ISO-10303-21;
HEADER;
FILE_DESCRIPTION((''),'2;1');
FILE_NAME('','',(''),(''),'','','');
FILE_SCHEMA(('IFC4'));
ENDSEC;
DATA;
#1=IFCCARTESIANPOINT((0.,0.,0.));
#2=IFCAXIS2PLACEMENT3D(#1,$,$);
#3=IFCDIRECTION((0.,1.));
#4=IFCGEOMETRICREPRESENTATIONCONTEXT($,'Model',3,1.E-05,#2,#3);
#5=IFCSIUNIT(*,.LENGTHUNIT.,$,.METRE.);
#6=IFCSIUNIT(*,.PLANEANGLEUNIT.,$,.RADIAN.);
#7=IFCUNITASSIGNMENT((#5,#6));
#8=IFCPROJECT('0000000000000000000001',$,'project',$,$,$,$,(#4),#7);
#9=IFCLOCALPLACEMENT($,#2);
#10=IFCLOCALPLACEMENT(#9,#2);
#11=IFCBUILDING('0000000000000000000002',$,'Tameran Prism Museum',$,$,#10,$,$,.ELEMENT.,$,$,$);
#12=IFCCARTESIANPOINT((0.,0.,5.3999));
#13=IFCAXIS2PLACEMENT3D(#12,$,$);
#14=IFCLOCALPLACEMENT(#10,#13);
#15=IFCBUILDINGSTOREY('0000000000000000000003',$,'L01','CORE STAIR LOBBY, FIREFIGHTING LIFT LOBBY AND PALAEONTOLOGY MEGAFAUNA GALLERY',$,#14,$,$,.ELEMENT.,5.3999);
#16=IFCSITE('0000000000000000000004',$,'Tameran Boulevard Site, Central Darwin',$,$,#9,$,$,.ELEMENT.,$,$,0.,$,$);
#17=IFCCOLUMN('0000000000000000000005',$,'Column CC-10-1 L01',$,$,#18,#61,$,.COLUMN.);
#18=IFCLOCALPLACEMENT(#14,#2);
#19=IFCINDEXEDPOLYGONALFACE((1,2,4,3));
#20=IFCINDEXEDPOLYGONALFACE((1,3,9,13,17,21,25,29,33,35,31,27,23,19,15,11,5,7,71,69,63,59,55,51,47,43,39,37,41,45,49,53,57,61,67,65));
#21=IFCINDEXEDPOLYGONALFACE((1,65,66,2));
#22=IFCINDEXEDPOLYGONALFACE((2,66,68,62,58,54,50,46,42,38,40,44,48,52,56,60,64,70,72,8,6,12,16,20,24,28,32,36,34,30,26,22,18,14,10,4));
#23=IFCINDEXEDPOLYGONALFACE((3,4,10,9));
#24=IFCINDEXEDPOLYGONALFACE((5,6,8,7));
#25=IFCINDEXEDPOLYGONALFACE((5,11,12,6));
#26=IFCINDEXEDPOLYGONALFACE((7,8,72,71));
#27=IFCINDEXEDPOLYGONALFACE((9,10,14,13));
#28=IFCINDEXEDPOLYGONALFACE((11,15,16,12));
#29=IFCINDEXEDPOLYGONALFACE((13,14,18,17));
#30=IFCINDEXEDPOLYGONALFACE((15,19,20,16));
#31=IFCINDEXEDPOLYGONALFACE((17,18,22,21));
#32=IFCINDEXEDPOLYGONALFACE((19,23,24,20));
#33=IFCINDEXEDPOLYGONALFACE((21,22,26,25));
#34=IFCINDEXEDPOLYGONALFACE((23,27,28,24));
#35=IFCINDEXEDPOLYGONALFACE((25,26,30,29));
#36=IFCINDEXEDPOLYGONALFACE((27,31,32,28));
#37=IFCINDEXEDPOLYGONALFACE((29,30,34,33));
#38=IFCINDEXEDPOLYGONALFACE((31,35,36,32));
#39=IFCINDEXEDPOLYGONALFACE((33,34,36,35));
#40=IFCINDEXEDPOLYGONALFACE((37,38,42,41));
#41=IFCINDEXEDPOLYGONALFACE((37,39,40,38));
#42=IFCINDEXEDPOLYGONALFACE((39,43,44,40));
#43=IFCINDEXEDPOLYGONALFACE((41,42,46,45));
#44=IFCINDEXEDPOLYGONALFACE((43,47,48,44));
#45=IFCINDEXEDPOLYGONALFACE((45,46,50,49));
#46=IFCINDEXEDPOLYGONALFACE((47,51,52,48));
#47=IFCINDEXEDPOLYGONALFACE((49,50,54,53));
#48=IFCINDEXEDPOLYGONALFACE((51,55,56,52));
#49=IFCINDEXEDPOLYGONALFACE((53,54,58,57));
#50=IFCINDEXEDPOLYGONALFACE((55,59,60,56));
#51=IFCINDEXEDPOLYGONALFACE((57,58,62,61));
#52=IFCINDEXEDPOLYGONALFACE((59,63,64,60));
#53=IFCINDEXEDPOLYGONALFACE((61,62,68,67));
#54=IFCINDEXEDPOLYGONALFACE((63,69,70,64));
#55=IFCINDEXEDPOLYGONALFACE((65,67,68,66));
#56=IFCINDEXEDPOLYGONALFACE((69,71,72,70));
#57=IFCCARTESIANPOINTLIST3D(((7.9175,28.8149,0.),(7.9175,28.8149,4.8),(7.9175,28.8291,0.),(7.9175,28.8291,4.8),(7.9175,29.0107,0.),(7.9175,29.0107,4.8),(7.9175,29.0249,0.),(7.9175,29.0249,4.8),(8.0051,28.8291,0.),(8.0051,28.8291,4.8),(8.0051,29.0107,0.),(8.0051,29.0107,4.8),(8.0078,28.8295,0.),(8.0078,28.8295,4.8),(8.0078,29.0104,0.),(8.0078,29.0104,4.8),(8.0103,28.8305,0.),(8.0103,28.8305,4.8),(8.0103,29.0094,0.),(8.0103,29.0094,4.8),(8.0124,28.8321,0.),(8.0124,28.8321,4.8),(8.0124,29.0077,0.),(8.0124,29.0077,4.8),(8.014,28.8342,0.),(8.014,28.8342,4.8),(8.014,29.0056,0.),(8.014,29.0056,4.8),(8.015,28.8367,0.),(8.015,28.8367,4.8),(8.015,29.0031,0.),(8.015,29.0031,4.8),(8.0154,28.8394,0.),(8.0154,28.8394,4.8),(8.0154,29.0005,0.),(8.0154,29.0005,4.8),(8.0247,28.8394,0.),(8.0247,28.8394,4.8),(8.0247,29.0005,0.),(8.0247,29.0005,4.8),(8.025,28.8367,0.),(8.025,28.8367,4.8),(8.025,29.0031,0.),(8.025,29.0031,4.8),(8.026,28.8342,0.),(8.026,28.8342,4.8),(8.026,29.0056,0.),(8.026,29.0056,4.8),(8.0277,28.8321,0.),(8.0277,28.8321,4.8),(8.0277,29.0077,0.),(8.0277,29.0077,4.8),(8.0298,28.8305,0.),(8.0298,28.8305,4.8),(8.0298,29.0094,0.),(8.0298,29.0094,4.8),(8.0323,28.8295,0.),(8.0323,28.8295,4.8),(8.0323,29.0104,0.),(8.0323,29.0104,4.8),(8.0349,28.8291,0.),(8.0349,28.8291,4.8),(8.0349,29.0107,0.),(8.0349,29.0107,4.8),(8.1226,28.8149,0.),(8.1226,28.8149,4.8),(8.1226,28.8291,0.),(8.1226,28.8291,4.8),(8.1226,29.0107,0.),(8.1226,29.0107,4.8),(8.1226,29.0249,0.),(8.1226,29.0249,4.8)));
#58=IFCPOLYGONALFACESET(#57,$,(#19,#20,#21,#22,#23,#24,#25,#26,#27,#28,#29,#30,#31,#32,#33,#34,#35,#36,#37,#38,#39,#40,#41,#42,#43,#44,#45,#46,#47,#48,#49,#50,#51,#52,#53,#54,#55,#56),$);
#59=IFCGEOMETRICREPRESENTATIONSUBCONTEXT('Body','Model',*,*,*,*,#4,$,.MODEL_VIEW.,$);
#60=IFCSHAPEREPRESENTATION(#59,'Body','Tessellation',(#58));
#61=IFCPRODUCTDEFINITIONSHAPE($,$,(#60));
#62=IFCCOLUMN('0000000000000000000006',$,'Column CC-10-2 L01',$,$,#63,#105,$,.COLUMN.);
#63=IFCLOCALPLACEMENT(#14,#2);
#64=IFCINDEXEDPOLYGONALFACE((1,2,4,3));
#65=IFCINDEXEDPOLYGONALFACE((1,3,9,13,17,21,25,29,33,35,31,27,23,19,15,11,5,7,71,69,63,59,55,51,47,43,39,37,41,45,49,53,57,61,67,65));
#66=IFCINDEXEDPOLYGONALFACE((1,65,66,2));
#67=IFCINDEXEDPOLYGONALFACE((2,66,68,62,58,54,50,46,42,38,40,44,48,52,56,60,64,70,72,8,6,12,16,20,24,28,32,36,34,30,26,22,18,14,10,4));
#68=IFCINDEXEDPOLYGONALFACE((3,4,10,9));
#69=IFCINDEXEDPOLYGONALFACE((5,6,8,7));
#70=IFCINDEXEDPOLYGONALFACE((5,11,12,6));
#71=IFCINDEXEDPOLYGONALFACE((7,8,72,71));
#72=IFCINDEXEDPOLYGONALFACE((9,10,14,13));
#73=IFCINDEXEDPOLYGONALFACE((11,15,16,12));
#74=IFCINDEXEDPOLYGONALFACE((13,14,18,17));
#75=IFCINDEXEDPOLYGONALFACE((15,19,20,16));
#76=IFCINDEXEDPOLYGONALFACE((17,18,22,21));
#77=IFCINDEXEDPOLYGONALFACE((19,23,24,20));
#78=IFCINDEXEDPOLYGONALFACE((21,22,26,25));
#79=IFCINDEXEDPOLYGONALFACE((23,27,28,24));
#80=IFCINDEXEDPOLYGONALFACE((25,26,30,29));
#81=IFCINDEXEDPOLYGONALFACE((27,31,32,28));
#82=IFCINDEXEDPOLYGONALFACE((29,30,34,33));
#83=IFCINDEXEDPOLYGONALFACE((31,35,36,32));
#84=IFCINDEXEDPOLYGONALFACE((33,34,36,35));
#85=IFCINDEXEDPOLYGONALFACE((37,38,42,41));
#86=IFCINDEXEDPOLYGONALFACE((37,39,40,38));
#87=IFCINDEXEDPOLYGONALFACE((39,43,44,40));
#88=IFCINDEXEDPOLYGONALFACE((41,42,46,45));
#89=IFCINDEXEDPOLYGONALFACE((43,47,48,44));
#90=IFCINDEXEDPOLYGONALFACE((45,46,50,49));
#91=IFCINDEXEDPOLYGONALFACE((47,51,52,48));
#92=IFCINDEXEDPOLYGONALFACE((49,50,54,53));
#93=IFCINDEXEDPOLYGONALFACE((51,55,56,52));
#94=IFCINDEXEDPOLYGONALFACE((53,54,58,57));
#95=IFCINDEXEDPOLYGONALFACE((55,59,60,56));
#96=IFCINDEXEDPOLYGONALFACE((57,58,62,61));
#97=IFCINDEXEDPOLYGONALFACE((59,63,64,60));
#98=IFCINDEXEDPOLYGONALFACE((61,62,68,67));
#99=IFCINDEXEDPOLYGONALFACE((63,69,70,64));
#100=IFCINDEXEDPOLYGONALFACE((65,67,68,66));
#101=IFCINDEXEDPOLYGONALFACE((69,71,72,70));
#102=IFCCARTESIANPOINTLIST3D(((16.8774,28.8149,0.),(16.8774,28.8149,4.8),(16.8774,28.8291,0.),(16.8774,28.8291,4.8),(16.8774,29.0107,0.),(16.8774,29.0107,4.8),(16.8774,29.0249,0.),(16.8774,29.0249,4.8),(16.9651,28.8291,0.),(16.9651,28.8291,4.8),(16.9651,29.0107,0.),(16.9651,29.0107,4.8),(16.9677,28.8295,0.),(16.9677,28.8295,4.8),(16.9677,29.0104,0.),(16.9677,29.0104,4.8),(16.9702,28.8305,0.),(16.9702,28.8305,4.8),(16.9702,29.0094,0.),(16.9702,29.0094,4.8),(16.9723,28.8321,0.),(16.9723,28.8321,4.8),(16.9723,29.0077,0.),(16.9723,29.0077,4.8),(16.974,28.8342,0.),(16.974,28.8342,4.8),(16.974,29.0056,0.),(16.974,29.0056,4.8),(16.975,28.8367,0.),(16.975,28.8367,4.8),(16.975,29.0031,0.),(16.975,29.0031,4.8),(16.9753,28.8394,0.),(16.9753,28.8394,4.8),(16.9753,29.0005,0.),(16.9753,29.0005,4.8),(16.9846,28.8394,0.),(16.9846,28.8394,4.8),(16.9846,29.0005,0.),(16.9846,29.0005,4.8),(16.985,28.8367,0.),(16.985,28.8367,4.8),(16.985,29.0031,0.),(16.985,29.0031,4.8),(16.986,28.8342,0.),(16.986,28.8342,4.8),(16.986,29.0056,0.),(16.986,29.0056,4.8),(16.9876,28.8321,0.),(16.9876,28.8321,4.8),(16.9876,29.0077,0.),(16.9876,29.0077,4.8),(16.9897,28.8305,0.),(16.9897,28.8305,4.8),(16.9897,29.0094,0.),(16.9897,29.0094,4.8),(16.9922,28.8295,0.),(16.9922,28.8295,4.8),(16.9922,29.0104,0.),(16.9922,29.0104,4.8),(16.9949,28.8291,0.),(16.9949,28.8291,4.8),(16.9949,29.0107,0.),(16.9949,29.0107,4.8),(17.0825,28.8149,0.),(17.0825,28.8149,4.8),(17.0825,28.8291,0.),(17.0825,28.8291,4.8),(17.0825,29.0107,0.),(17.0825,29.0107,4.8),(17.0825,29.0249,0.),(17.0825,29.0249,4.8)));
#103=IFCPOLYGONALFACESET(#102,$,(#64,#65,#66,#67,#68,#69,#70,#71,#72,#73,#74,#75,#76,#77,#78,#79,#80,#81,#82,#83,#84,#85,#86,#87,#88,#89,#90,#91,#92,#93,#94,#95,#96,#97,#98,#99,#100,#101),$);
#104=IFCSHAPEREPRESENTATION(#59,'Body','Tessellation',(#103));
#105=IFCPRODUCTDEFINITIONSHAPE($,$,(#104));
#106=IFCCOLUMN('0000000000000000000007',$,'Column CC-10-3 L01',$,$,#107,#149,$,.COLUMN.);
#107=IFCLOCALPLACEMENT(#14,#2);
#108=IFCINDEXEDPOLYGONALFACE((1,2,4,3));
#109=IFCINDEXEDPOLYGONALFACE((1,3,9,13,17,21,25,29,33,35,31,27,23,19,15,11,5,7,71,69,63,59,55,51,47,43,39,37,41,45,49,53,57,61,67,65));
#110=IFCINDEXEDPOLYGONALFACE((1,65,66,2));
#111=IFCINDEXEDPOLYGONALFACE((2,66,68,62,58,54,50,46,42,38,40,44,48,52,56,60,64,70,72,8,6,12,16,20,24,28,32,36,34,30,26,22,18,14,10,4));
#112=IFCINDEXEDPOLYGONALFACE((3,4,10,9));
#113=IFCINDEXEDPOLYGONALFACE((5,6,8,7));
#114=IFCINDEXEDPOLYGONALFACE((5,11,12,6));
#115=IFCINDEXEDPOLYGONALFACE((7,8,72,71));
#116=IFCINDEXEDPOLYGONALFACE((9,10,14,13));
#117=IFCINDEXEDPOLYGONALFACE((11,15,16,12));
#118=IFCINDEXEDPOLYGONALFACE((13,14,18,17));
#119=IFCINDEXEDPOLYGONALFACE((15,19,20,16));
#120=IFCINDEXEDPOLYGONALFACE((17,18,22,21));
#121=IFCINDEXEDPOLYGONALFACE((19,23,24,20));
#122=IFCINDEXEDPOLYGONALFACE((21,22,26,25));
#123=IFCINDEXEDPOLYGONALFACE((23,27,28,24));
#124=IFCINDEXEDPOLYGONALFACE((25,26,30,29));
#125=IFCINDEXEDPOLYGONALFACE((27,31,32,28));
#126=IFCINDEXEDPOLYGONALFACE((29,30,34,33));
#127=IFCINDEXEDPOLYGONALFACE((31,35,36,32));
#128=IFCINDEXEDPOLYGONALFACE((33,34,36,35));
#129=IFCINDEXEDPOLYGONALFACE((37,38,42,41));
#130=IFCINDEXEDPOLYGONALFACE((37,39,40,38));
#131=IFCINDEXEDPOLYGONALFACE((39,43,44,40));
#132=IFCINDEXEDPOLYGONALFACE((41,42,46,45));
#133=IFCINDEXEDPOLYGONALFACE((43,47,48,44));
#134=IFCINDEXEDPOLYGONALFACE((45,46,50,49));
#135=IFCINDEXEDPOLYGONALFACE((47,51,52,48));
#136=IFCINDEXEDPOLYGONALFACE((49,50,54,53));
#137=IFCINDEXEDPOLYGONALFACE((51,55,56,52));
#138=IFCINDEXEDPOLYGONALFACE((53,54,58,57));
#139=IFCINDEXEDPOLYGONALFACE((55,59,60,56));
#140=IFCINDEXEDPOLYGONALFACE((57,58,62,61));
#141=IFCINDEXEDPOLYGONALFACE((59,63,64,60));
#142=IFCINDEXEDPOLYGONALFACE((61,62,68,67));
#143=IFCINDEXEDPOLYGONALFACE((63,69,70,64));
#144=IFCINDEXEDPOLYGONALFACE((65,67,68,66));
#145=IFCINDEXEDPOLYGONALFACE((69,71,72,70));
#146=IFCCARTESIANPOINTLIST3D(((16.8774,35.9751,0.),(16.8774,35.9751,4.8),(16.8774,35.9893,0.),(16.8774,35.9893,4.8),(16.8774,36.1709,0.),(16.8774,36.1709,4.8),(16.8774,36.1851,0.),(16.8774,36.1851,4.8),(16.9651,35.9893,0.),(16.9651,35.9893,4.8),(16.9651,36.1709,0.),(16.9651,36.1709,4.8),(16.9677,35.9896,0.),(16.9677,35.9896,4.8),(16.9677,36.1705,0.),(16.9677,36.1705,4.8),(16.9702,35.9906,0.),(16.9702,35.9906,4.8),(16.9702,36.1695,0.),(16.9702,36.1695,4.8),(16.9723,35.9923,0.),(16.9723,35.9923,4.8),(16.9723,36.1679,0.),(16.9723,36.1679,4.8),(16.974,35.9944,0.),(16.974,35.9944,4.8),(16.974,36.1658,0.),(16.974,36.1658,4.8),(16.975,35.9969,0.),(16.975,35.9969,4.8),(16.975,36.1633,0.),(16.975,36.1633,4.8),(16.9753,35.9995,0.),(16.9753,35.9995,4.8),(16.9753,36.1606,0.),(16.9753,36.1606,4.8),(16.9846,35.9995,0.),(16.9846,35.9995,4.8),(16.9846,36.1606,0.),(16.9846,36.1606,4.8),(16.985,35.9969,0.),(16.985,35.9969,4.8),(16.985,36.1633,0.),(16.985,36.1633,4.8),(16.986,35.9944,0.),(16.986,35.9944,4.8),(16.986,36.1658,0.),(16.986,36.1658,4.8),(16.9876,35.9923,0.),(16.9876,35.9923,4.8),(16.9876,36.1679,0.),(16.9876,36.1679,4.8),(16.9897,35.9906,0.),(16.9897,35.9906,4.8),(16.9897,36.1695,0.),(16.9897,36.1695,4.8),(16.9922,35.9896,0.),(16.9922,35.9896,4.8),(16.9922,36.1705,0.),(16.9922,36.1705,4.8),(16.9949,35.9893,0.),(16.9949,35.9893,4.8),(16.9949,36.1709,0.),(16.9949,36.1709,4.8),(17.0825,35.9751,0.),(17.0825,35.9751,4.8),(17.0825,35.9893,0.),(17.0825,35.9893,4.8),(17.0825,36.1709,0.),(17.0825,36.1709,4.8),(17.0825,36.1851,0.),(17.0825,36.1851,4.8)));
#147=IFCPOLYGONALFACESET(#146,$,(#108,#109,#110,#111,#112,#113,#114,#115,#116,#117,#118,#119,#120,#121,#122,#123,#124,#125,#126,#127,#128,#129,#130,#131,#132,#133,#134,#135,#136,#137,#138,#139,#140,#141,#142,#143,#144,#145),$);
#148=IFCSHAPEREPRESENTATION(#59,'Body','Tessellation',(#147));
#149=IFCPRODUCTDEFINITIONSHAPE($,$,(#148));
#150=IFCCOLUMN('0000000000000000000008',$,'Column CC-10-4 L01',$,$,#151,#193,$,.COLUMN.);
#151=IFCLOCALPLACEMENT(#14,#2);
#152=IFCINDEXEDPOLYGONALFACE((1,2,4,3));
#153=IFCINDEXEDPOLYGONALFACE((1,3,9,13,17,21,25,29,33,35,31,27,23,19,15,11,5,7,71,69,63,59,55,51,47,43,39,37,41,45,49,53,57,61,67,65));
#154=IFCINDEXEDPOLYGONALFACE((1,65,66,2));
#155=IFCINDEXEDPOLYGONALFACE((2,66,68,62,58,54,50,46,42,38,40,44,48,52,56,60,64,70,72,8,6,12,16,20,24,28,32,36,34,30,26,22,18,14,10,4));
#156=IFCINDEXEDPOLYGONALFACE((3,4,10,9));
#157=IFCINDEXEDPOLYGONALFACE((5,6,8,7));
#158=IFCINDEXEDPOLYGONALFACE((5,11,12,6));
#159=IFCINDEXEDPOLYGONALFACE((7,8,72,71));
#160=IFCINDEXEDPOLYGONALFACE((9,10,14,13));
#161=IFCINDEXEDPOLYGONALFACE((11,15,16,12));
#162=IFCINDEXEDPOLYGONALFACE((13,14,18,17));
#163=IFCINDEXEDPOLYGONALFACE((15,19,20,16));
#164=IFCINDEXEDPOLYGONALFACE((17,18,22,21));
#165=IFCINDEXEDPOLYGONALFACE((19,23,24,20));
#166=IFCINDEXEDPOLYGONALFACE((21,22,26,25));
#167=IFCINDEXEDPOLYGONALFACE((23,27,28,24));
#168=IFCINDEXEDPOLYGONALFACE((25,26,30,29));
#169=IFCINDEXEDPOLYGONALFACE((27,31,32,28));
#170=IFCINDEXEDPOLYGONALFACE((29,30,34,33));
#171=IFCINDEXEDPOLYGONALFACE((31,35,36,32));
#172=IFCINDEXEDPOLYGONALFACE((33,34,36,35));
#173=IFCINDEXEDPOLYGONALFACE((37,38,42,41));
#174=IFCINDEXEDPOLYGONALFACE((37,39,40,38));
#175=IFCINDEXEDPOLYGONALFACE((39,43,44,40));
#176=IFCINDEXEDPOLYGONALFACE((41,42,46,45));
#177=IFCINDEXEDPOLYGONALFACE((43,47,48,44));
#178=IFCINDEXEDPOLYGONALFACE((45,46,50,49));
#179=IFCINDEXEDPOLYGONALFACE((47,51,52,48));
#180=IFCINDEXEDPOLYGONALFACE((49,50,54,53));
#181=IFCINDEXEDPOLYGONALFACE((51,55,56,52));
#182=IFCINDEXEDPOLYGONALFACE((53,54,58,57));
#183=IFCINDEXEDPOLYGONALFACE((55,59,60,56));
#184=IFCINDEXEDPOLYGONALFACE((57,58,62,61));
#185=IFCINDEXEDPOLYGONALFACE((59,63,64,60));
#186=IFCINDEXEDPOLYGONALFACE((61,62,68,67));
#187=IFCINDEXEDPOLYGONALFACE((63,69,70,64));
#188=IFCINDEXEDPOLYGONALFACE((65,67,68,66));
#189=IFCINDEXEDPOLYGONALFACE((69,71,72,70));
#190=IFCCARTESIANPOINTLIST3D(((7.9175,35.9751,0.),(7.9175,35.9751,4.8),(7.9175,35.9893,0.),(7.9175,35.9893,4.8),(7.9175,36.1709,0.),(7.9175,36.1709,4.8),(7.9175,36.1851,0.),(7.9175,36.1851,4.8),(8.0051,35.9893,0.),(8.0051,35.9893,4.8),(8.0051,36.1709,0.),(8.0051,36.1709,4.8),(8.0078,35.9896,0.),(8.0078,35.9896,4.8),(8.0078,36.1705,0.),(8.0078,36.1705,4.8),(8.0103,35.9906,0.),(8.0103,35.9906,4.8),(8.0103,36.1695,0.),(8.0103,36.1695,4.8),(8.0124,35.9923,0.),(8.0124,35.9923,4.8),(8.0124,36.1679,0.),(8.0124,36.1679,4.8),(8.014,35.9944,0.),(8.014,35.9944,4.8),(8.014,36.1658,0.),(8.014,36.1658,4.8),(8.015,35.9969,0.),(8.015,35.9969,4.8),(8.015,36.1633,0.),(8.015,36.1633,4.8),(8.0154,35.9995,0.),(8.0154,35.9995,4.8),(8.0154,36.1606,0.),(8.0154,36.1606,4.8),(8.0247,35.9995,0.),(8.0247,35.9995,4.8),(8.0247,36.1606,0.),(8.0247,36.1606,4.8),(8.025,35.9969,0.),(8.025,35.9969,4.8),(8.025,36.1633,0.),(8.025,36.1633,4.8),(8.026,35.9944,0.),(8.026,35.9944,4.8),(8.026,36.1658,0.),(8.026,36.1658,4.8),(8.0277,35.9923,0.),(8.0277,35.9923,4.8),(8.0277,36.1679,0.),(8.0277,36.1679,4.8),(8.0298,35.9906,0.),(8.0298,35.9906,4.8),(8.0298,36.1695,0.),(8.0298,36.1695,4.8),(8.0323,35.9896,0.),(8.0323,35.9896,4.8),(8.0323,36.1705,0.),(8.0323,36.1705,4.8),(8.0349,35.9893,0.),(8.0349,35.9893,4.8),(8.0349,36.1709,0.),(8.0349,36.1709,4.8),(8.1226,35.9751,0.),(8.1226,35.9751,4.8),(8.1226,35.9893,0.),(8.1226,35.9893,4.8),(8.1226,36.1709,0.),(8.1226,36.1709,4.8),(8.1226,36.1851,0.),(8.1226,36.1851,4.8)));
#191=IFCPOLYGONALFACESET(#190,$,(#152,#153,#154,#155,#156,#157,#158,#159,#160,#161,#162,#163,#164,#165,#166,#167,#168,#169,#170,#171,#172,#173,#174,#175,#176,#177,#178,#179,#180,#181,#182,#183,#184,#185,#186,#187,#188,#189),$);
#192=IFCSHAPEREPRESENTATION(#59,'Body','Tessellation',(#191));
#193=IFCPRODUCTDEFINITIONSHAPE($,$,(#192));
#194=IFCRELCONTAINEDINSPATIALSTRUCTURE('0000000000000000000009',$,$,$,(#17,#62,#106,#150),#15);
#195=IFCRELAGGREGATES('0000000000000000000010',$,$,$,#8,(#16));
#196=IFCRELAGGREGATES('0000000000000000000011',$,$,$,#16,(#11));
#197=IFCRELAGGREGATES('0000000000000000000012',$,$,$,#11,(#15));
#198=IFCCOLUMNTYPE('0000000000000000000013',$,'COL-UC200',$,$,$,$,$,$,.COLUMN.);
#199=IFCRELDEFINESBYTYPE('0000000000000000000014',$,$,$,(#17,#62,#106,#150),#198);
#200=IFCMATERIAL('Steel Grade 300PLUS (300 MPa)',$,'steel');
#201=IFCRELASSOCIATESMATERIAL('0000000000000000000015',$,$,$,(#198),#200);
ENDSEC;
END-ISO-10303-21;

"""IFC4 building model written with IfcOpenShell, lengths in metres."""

from ifc_helpers import new_model, si_unit, direction, frame, origin, origin_2d, place, context, subcontext, project, spatial, i_section, extrude, material, material_profile, profile_set, type_object, element, save


model = new_model("IFC4")

# Units and contexts
model_context = context("Model", 3, precision=1e-05, world=origin(), true_north=direction((0.0, 1.0)))
body_context = subcontext(model_context, "Body", "Model", "MODEL_VIEW")
ifc_project = project(units=[si_unit("LENGTHUNIT", "METRE"), si_unit("PLANEANGLEUNIT", "RADIAN")], contexts=[model_context])

# Site, building, storey
site_placement = place(None, origin())
site = spatial("IfcSite", under=ifc_project, at=site_placement, Name="Tameran Boulevard Site, Central Darwin", CompositionType="ELEMENT", RefElevation=0.0)
building_placement = place(site_placement, origin())
building = spatial("IfcBuilding", under=site, at=building_placement, Name="Tameran Prism Museum", CompositionType="ELEMENT")
storey_placement = place(building_placement, frame((0.0, 0.0, 5.3999)))
storey = spatial("IfcBuildingStorey", under=building, at=storey_placement, Name="L01", Description="CORE STAIR LOBBY, FIREFIGHTING LIFT LOBBY AND PALAEONTOLOGY MEGAFAUNA GALLERY", CompositionType="ELEMENT", Elevation=5.3999)

# Columns
ifc_material_1 = material(Name="Steel Grade 300PLUS (300 MPa)", Category="steel")
ifc_material_profile_1 = material_profile(ifc_material_1, i_section(OverallWidth=0.2051, OverallDepth=0.21, WebThickness=0.0093, FlangeThickness=0.0142, FilletRadius=0.0103, at=origin_2d()))
ifc_profile_set_1 = profile_set([ifc_material_profile_1])
column_type = type_object("IfcColumnType", Name="COL-UC200", PredefinedType="COLUMN", material=ifc_profile_set_1)
for number, where, z_axis, x_axis, name in (
    (1, (8.02, 28.9199, 0.0), (0.0, 0.0, 1.0), (1.0, 0.0, 0.0), "Column CC-10-1 L01"),
    (2, (16.98, 28.9199, 0.0), (0.0, 0.0, 1.0), (1.0, 0.0, 0.0), "Column CC-10-2 L01"),
    (3, (16.98, 36.0801, 0.0), (0.0, 0.0, 1.0), (1.0, 0.0, 0.0), "Column CC-10-3 L01"),
    (4, (8.02, 36.0801, 0.0), (0.0, 0.0, 1.0), (1.0, 0.0, 0.0), "Column CC-10-4 L01"),
):
    element("IfcColumn", number, at=place(storey_placement, frame(where, z_axis=z_axis, x_axis=x_axis)), inside=storey, type_object=column_type, Name=name, PredefinedType="COLUMN", context=body_context, shape_type="SweptSolid", body=[
        extrude(i_section(OverallWidth=0.2051, OverallDepth=0.21, WebThickness=0.0093, FlangeThickness=0.0142, FilletRadius=0.0103, at=origin_2d()), origin(), (0.0, 0.0, 1.0), 4.8),
    ])

save(model, "model.ifc")
